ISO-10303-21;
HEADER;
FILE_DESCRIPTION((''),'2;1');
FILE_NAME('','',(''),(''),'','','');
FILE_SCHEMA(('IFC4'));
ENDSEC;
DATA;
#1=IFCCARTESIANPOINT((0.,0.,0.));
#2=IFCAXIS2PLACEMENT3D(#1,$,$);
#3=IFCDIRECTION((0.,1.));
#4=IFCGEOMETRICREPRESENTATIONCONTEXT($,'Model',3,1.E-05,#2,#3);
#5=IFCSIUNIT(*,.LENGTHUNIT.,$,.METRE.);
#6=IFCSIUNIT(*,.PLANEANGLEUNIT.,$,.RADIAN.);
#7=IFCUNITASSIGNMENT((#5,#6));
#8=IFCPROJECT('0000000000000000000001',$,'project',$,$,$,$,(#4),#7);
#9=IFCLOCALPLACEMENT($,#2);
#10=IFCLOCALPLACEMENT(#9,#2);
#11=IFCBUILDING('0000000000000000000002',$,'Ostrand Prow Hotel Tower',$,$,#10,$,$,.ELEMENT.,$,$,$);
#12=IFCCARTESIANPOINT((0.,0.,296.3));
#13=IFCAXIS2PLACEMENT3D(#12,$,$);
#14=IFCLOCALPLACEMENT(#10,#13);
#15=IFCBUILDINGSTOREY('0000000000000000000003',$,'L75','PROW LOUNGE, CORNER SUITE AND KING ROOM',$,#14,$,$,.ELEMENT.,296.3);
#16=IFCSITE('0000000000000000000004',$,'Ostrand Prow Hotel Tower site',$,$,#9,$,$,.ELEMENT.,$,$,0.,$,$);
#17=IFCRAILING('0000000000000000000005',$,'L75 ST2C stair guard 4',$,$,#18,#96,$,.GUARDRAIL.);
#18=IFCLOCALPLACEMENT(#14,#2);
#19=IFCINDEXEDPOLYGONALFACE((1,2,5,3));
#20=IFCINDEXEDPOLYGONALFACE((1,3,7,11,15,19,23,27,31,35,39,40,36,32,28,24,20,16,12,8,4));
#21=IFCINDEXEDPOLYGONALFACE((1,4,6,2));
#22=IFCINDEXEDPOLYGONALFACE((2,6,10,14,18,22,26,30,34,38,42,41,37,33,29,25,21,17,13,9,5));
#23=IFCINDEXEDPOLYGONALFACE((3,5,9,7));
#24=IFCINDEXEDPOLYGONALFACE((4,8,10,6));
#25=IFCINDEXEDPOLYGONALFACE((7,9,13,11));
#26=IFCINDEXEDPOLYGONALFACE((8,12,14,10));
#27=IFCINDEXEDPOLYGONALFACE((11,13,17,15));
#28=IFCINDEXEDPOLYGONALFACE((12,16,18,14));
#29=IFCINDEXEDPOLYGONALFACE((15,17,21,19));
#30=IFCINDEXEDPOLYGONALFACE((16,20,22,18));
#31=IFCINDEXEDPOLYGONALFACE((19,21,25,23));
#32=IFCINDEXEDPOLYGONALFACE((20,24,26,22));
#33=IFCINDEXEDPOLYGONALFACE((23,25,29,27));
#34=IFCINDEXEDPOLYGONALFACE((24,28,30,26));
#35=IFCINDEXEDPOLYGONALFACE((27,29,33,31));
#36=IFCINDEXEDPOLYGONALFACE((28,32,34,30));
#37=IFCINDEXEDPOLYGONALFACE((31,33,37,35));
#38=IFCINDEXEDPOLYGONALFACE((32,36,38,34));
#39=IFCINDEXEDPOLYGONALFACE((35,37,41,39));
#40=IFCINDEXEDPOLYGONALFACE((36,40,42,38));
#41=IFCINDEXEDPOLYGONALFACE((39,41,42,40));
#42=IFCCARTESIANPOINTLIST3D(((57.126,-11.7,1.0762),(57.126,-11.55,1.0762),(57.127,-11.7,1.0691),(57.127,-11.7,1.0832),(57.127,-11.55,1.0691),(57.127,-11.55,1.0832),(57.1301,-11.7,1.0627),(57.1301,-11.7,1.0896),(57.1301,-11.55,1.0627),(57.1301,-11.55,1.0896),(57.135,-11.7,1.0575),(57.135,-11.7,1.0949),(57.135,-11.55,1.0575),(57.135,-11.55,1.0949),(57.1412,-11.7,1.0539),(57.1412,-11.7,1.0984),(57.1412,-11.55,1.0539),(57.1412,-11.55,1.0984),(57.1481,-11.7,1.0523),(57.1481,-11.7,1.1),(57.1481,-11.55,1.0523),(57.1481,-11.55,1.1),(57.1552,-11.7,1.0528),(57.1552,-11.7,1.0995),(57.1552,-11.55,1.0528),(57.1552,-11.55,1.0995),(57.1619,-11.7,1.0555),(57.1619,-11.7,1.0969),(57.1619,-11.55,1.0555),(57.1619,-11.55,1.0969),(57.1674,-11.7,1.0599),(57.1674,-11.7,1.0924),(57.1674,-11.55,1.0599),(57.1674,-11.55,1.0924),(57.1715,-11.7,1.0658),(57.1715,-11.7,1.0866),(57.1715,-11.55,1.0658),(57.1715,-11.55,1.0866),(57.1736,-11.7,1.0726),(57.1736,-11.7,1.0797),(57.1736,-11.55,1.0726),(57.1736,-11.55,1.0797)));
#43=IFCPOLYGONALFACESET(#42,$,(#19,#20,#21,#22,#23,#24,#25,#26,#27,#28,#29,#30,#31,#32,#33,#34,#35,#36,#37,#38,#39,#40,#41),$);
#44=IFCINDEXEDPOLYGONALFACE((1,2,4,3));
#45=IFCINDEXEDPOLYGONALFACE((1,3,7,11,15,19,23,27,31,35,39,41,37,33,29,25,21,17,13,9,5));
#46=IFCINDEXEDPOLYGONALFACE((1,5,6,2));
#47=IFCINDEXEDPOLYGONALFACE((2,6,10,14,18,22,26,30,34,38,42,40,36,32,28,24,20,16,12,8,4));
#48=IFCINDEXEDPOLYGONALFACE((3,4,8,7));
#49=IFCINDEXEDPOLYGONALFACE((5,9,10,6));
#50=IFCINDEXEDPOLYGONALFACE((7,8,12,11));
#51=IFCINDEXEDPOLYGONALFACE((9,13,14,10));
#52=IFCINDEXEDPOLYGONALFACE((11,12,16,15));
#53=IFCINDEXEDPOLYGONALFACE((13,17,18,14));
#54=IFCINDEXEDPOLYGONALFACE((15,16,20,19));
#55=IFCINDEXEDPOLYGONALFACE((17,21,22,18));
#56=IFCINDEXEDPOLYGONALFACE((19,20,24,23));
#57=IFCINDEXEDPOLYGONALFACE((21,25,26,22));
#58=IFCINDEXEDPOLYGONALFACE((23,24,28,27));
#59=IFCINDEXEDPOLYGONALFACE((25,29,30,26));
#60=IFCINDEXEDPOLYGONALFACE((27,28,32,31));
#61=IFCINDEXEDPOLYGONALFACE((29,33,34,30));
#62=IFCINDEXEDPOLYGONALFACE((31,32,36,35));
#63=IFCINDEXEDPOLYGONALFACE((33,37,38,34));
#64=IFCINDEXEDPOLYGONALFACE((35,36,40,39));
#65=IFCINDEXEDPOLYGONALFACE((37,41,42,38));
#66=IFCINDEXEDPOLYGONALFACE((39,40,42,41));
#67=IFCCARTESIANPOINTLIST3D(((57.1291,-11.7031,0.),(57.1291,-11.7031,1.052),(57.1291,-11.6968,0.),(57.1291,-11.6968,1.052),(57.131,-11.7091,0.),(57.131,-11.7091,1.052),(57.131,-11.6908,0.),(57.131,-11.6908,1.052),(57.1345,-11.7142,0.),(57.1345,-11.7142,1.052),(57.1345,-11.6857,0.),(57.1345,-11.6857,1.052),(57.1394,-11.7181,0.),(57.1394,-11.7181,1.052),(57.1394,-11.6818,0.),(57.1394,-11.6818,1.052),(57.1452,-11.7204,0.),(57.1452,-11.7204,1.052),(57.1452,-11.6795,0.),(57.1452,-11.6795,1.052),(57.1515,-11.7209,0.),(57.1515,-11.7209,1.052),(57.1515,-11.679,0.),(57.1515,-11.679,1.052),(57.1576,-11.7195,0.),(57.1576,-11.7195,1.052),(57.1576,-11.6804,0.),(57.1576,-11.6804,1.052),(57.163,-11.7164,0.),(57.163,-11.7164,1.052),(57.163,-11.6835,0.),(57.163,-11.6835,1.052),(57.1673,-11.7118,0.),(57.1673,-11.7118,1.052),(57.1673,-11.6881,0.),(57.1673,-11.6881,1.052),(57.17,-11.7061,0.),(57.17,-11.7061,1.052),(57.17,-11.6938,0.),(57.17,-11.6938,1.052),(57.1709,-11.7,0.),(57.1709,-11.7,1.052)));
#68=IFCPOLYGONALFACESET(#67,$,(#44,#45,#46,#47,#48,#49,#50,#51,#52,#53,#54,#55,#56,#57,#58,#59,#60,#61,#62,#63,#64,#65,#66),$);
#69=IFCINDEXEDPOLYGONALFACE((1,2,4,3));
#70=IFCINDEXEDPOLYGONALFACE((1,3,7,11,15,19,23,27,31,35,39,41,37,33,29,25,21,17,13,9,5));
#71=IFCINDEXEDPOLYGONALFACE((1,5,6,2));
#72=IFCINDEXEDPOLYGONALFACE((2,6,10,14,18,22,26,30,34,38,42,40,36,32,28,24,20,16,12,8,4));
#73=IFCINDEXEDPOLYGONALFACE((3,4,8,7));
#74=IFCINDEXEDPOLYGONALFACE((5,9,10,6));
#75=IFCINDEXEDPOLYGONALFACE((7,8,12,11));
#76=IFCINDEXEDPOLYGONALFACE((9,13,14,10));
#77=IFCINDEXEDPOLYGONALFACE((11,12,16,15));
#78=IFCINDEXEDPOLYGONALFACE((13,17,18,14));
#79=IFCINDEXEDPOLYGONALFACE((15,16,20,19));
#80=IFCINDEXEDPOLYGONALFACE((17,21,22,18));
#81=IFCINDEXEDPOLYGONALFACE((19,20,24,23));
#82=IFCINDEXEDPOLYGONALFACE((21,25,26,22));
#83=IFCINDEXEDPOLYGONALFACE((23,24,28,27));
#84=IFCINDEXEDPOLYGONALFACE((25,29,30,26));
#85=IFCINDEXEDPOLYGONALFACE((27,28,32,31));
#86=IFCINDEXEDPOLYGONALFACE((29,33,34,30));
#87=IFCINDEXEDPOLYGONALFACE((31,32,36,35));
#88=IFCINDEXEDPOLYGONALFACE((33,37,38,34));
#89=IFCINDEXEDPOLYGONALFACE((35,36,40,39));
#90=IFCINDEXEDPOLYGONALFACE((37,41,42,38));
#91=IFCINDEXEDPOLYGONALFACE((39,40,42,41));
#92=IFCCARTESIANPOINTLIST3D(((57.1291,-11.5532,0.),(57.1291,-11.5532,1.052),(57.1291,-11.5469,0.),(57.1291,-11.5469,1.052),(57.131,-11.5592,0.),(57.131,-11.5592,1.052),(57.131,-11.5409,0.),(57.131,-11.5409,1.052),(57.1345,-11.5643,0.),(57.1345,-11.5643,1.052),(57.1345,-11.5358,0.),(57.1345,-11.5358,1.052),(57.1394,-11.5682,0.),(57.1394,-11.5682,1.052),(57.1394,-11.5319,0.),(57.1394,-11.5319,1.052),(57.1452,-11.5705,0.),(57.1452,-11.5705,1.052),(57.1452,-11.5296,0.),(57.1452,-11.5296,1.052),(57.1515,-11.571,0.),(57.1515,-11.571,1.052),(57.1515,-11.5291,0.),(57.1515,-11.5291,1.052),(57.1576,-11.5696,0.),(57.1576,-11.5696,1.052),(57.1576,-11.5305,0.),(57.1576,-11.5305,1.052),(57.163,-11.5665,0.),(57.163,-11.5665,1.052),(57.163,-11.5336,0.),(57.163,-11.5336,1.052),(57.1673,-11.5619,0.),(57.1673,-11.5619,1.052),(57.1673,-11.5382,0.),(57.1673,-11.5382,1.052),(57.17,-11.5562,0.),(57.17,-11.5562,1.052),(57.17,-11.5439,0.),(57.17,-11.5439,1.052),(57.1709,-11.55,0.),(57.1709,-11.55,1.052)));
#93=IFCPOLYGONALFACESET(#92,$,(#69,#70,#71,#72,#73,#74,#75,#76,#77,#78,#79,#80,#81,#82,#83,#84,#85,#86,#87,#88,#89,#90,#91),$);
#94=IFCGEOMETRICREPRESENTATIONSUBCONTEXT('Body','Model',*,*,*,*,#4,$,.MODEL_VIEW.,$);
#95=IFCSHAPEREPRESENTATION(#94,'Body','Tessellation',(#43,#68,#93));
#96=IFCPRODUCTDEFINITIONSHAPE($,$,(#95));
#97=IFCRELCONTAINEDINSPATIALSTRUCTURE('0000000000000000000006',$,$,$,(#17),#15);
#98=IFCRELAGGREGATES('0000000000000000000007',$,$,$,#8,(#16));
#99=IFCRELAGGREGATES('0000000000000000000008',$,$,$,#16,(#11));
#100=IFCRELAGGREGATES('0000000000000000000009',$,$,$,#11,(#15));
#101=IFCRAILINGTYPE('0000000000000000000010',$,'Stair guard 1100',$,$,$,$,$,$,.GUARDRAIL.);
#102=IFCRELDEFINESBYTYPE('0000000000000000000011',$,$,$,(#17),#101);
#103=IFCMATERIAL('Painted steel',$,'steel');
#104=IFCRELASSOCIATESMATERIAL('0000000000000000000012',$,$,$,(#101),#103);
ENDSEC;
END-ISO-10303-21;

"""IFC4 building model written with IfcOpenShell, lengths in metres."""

from ifc_helpers import new_model, si_unit, direction, frame, origin, origin_2d, place, context, subcontext, project, spatial, circle, extrude, material, type_object, element, save


model = new_model("IFC4")

# Units and contexts
model_context = context("Model", 3, precision=1e-05, world=origin(), true_north=direction((0.0, 1.0)))
body_context = subcontext(model_context, "Body", "Model", "MODEL_VIEW")
ifc_project = project(units=[si_unit("LENGTHUNIT", "METRE"), si_unit("PLANEANGLEUNIT", "RADIAN")], contexts=[model_context])

# Site, building, storey
site_placement = place(None, origin())
site = spatial("IfcSite", under=ifc_project, at=site_placement, Name="Ostrand Prow Hotel Tower site", CompositionType="ELEMENT", RefElevation=0.0)
building_placement = place(site_placement, origin())
building = spatial("IfcBuilding", under=site, at=building_placement, Name="Ostrand Prow Hotel Tower", CompositionType="ELEMENT")
storey_placement = place(building_placement, frame((0.0, 0.0, 296.3)))
storey = spatial("IfcBuildingStorey", under=building, at=storey_placement, Name="L75", Description="PROW LOUNGE, CORNER SUITE AND KING ROOM", CompositionType="ELEMENT", Elevation=296.3)

# Railing
ifc_material_1 = material(Name="Painted steel", Category="steel")
railing_type_1 = type_object("IfcRailingType", Name="Stair guard 1100", PredefinedType="GUARDRAIL", material=ifc_material_1)
railing_1_placement = place(storey_placement, frame((57.1499, -11.7, 0.0)))
element("IfcRailing", 1, at=railing_1_placement, inside=storey, type_object=railing_type_1, Name="L75 ST2C stair guard 4", PredefinedType="GUARDRAIL", context=body_context, shape_type="SweptSolid", body=[
    extrude(circle(Radius=0.0239, at=origin_2d()), frame((0.0, 0.0, 1.0762), z_axis=(0.0, 1.0, 0.0), x_axis=(-1.0, 0.0, 0.0)), (0.0, 0.0, 1.0), 0.1499),
    extrude(circle(Radius=0.021, at=origin_2d()), origin(), (0.0, 0.0, 1.0), 1.052),
    extrude(circle(Radius=0.021, at=origin_2d()), frame((0.0, 0.1499, 0.0)), (0.0, 0.0, 1.0), 1.052),
])

save(model, "model.ifc")
